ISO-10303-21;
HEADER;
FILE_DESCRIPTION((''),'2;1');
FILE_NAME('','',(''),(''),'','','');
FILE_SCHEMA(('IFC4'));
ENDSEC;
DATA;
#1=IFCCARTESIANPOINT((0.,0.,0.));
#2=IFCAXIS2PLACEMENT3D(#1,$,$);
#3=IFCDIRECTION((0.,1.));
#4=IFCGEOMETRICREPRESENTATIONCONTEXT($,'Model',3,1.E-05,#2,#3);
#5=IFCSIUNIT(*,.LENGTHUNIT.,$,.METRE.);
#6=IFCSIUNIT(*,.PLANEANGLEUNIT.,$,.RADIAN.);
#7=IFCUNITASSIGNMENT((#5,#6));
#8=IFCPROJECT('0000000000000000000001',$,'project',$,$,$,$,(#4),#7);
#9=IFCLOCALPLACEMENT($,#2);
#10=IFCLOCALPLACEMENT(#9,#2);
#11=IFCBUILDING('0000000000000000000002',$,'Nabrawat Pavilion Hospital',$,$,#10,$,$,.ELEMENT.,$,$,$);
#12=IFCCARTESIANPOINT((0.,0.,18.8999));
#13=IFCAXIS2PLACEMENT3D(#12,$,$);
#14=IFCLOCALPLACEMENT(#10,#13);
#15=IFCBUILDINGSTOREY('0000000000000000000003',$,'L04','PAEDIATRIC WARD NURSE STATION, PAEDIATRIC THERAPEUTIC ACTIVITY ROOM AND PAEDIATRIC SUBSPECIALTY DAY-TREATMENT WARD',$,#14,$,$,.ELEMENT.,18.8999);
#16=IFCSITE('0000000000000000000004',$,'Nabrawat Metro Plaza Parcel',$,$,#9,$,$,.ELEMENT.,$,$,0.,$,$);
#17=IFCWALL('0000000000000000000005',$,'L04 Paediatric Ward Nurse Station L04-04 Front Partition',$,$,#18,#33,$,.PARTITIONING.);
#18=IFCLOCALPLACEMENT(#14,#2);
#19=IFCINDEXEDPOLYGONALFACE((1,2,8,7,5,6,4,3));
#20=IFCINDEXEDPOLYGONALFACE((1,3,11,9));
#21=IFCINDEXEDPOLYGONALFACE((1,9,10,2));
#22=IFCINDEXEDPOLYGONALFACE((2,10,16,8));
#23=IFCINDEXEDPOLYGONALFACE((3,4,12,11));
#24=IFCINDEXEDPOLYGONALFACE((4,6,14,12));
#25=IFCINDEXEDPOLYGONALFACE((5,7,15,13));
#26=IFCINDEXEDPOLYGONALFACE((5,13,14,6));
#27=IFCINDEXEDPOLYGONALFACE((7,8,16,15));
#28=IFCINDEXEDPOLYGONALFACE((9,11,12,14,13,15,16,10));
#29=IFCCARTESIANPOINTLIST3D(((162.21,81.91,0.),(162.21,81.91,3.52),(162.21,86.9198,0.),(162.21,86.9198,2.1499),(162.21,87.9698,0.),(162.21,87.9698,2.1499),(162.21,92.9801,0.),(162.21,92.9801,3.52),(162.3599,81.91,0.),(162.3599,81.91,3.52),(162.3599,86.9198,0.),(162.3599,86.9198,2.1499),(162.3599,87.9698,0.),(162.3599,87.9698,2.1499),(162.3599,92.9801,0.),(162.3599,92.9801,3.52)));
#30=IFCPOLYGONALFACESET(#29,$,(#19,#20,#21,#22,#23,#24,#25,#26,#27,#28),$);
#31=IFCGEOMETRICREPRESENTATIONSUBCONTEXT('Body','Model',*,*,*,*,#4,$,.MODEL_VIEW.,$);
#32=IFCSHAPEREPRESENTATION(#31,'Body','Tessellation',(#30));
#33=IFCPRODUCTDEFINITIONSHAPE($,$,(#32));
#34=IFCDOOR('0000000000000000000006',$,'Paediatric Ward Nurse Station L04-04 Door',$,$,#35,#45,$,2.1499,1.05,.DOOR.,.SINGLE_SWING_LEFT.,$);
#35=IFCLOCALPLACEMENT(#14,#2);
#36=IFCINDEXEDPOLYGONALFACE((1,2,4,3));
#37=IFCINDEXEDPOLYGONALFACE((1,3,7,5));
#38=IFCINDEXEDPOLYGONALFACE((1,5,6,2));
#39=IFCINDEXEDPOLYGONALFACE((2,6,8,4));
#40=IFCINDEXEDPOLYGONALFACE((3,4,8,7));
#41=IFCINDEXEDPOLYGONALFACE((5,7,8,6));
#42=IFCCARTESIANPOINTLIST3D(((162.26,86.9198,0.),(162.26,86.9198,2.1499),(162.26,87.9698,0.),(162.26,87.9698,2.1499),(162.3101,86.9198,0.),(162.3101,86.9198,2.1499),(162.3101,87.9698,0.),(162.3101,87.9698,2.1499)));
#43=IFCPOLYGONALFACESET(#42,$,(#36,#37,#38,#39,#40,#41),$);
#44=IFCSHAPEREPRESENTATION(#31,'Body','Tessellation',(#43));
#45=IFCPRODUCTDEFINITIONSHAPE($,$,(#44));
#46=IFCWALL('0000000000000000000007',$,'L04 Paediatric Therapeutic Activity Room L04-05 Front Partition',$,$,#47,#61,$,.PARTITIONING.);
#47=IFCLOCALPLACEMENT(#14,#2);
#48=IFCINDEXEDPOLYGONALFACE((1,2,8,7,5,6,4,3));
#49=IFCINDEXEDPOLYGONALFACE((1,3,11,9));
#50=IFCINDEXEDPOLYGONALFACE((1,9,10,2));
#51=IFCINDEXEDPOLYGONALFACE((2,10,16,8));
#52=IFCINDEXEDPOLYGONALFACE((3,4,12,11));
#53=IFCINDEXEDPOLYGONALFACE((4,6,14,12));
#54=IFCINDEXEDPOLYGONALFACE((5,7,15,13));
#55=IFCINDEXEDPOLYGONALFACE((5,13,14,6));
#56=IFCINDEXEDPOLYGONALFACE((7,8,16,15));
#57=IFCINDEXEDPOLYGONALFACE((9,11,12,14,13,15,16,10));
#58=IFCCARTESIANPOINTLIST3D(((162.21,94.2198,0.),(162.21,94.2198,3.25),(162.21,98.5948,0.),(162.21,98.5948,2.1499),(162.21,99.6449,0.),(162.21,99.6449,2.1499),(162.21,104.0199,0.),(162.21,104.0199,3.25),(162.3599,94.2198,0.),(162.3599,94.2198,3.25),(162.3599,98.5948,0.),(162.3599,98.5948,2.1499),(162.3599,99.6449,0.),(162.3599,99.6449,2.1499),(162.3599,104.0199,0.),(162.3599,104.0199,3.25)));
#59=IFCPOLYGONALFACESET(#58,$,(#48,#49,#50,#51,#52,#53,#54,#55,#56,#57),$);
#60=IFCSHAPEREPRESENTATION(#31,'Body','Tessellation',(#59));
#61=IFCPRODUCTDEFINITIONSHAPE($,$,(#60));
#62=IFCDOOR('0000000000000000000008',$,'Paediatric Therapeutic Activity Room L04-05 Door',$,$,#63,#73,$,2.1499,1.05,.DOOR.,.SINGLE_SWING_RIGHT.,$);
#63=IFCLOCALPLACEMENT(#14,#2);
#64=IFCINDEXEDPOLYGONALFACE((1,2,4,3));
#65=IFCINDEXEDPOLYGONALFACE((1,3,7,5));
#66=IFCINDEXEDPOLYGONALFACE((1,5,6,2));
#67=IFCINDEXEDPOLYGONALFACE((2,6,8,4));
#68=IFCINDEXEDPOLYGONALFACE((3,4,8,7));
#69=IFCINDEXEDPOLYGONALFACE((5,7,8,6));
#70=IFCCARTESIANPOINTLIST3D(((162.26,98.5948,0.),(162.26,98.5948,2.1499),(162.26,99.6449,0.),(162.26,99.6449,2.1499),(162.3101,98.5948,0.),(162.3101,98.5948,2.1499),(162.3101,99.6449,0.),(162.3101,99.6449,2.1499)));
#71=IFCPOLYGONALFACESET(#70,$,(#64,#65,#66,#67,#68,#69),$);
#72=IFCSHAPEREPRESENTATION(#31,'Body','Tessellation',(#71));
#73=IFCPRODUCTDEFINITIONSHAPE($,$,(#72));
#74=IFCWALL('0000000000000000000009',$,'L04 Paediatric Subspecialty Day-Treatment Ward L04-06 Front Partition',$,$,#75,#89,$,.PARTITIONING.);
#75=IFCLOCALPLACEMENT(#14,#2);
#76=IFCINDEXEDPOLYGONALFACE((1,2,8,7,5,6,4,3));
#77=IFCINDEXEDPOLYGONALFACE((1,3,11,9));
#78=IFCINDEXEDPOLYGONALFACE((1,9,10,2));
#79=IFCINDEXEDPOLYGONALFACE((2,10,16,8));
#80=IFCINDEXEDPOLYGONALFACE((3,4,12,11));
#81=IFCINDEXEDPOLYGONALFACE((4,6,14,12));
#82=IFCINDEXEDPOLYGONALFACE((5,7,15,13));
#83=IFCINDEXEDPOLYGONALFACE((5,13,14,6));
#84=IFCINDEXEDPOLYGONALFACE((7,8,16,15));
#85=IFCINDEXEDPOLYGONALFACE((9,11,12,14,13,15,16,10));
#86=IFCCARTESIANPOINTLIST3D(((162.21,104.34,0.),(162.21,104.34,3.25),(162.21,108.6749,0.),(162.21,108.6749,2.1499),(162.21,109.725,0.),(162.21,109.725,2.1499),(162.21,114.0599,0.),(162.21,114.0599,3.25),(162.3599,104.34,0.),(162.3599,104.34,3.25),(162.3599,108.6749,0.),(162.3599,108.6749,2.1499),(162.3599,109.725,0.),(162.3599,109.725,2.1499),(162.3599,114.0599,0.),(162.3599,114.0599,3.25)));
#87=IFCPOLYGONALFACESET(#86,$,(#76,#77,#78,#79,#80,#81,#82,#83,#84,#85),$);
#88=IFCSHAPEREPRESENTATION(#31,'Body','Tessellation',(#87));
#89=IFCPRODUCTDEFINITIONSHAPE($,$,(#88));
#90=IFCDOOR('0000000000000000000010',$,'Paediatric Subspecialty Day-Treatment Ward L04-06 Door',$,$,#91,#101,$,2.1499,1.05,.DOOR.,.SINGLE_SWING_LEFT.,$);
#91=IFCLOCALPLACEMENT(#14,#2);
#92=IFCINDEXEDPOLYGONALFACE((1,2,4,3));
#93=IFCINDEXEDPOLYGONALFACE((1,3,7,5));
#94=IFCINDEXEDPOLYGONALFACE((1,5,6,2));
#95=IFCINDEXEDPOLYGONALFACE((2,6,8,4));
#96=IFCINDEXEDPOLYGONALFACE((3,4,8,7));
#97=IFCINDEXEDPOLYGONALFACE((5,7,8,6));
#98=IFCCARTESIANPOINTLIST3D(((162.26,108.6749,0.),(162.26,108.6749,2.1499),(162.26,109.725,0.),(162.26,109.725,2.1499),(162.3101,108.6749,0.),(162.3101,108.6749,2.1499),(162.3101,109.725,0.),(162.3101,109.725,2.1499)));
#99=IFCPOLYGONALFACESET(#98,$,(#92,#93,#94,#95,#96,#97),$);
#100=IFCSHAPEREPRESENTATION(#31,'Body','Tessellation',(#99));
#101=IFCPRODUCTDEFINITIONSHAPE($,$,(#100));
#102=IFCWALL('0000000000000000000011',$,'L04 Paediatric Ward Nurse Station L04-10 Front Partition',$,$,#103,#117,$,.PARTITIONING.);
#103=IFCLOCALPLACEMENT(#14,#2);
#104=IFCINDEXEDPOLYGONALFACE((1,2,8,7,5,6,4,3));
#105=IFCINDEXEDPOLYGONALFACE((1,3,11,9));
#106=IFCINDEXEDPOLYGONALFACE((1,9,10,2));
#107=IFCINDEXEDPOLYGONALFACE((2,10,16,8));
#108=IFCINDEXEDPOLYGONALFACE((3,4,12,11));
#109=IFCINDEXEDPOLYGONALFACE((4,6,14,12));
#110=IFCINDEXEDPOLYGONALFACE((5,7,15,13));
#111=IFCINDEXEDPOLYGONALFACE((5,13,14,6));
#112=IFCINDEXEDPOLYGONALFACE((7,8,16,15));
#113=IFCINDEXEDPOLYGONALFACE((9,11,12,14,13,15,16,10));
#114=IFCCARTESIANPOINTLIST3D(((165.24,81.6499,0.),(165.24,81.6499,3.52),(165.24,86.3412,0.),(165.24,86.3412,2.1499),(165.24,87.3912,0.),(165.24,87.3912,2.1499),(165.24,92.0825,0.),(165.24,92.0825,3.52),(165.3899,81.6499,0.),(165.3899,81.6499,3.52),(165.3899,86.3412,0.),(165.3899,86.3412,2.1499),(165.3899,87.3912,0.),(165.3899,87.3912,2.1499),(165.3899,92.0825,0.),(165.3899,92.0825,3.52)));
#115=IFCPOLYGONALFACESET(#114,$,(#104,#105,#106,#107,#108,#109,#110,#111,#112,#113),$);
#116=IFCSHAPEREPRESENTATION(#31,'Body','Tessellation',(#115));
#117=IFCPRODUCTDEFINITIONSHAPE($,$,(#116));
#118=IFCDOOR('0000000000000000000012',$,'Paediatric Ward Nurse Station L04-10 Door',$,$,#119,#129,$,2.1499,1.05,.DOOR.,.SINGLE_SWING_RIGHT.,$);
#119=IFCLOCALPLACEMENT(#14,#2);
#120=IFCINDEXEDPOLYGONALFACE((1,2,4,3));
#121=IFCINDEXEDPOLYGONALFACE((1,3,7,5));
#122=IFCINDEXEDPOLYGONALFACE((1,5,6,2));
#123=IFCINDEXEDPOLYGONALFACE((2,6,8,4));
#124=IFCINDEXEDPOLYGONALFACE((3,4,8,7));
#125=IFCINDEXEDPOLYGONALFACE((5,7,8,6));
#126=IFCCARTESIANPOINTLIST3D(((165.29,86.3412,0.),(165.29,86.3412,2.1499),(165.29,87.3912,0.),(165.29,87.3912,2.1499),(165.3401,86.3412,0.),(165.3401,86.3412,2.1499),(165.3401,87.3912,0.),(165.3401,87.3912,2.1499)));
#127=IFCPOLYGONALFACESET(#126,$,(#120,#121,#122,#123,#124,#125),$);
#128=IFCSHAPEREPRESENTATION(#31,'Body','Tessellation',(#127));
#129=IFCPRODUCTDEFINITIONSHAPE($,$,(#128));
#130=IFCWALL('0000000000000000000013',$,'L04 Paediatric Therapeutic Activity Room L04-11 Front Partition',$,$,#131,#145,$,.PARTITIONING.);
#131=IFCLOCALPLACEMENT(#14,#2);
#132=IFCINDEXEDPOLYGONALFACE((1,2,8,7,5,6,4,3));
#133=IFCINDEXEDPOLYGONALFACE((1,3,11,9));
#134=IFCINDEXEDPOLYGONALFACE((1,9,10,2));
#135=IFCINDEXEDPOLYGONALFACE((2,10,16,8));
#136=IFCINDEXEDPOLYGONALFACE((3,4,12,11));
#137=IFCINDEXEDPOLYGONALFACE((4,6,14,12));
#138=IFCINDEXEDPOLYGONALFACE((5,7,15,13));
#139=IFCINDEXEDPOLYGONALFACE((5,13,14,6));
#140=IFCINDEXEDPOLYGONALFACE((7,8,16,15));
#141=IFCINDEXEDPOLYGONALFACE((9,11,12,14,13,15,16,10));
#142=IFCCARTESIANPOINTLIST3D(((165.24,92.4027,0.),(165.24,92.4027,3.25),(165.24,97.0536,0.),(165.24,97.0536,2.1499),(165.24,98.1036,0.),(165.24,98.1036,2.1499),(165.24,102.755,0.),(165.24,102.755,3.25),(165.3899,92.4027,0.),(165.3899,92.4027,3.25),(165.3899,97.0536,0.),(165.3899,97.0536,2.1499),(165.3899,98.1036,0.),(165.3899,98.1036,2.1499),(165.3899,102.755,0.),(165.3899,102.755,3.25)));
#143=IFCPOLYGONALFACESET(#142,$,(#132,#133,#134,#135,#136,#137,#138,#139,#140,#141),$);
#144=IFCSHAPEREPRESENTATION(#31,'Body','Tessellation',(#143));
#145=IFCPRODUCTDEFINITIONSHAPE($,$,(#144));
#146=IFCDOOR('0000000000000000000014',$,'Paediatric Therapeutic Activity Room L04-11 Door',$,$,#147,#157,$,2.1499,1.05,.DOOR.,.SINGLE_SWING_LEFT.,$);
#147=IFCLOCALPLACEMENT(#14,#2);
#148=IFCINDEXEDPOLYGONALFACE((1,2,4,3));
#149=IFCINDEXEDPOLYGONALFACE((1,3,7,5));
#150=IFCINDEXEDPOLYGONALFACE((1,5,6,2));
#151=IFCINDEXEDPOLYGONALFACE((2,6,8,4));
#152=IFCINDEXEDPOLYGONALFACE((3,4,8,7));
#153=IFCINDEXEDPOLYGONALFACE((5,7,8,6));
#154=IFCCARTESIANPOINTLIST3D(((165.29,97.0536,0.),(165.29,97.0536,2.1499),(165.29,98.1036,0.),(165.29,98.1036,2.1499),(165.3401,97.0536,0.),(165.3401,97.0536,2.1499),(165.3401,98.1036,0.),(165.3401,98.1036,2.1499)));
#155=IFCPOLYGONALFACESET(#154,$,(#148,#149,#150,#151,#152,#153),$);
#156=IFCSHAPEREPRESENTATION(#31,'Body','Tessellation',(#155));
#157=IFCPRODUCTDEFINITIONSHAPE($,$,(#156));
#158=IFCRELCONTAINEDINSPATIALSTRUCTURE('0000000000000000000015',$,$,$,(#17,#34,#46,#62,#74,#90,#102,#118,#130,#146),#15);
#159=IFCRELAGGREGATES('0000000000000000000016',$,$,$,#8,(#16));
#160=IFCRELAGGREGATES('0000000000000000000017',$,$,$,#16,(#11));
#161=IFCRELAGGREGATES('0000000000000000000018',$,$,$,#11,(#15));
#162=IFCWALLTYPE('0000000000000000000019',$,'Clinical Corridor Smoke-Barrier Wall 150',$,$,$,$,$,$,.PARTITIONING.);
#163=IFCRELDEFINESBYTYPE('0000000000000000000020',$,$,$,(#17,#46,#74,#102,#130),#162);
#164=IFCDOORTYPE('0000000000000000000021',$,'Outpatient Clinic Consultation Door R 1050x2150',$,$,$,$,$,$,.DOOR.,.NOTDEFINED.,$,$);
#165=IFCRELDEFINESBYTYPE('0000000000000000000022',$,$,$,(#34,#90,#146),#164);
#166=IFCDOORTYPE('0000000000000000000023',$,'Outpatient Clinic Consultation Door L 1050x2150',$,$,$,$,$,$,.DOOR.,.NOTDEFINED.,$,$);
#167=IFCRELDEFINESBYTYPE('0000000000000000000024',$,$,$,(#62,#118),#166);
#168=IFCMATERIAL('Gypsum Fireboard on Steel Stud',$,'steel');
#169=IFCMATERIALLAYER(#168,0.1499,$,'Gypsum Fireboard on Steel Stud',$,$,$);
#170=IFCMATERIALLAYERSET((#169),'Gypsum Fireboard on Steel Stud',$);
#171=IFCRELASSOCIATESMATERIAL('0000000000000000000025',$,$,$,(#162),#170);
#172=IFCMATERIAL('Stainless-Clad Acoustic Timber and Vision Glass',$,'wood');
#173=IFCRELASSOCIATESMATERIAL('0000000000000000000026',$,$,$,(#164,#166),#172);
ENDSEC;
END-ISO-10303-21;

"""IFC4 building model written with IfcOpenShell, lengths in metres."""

from ifc_helpers import new_model, si_unit, direction, frame, frame_2d, origin, place, context, subcontext, project, spatial, rectangle, extrude, material, layer, layer_set, type_object, element, fill, save


model = new_model("IFC4")

# Units and contexts
model_context = context("Model", 3, precision=1e-05, world=origin(), true_north=direction((0.0, 1.0)))
body_context = subcontext(model_context, "Body", "Model", "MODEL_VIEW")
ifc_project = project(units=[si_unit("LENGTHUNIT", "METRE"), si_unit("PLANEANGLEUNIT", "RADIAN")], contexts=[model_context])

# Site, building, storey
site_placement = place(None, origin())
site = spatial("IfcSite", under=ifc_project, at=site_placement, Name="Nabrawat Metro Plaza Parcel", CompositionType="ELEMENT", RefElevation=0.0)
building_placement = place(site_placement, origin())
building = spatial("IfcBuilding", under=site, at=building_placement, Name="Nabrawat Pavilion Hospital", CompositionType="ELEMENT")
storey_placement = place(building_placement, frame((0.0, 0.0, 18.8999)))
storey = spatial("IfcBuildingStorey", under=building, at=storey_placement, Name="L04", Description="PAEDIATRIC WARD NURSE STATION, PAEDIATRIC THERAPEUTIC ACTIVITY ROOM AND PAEDIATRIC SUBSPECIALTY DAY-TREATMENT WARD", CompositionType="ELEMENT", Elevation=18.8999)

# Walls, openings, doors
ifc_material_1 = material(Name="Gypsum Fireboard on Steel Stud", Category="steel")
ifc_layer_1 = layer(ifc_material_1, 0.1499, Name="Gypsum Fireboard on Steel Stud")
ifc_layer_set_1 = layer_set([ifc_layer_1], Name="Gypsum Fireboard on Steel Stud")
wall_type_1 = type_object("IfcWallType", Name="Clinical Corridor Smoke-Barrier Wall 150", PredefinedType="PARTITIONING", material=ifc_layer_set_1)
wall_1_placement = place(storey_placement, frame((162.2849, 81.9099, 0.0), z_axis=(0.0, 0.0, 1.0), x_axis=(0.0, 1.0, 0.0)))
wall_1 = element("IfcWall", 1, at=wall_1_placement, inside=storey, type_object=wall_type_1, Name="L04 Paediatric Ward Nurse Station L04-04 Front Partition", PredefinedType="PARTITIONING", context=body_context, shape_type="SweptSolid", body=[
    extrude(rectangle(XDim=11.0701, YDim=0.1499, at=frame_2d((5.5352, 0.0))), origin(), (0.0, 0.0, 1.0), 3.52),
])
opening_1_placement = place(wall_1_placement, frame((5.01, 0.0, 0.0)))
opening_1 = element("IfcOpeningElement", 2, at=opening_1_placement, cuts=wall_1, PredefinedType="OPENING", context=body_context, shape_type="SweptSolid", body=[
    extrude(rectangle(XDim=1.05, YDim=2.1499, at=frame_2d((0.5249, 1.075))), frame((0.0, 0.085, 0.0), z_axis=(0.0, -1.0, 0.0), x_axis=(1.0, 0.0, 0.0)), (0.0, 0.0, 1.0), 0.1699),
])
ifc_material_2 = material(Name="Stainless-Clad Acoustic Timber and Vision Glass", Category="wood")
door_type_1 = type_object("IfcDoorType", Name="Outpatient Clinic Consultation Door R 1050x2150", OperationType="NOTDEFINED", PredefinedType="DOOR", material=ifc_material_2)
door_1_placement = place(opening_1_placement, origin())
door_1 = element("IfcDoor", 3, at=door_1_placement, inside=storey, type_object=door_type_1, Name="Paediatric Ward Nurse Station L04-04 Door", OperationType="SINGLE_SWING_LEFT", OverallHeight=2.1499, OverallWidth=1.05, PredefinedType="DOOR", context=body_context, shape_type="SweptSolid", body=[
    extrude(rectangle(XDim=1.05, YDim=2.1499, at=frame_2d((0.5249, 1.075))), frame((0.0, 0.0249, 0.0), z_axis=(0.0, -1.0, 0.0), x_axis=(1.0, 0.0, 0.0)), (0.0, 0.0, 1.0), 0.05),
])
fill(opening_1, door_1)
wall_2_placement = place(storey_placement, frame((162.2849, 94.22, 0.0), z_axis=(0.0, 0.0, 1.0), x_axis=(0.0, 1.0, 0.0)))
wall_2 = element("IfcWall", 4, at=wall_2_placement, inside=storey, type_object=wall_type_1, Name="L04 Paediatric Therapeutic Activity Room L04-05 Front Partition", PredefinedType="PARTITIONING", context=body_context, shape_type="SweptSolid", body=[
    extrude(rectangle(XDim=9.8, YDim=0.1499, at=frame_2d((4.8999, 0.0))), origin(), (0.0, 0.0, 1.0), 3.25),
])
opening_2_placement = place(wall_2_placement, frame((4.375, 0.0, 0.0)))
opening_2 = element("IfcOpeningElement", 5, at=opening_2_placement, cuts=wall_2, PredefinedType="OPENING", context=body_context, shape_type="SweptSolid", body=[
    extrude(rectangle(XDim=1.05, YDim=2.1499, at=frame_2d((0.5249, 1.075))), frame((0.0, 0.085, 0.0), z_axis=(0.0, -1.0, 0.0), x_axis=(1.0, 0.0, 0.0)), (0.0, 0.0, 1.0), 0.1699),
])
door_type_2 = type_object("IfcDoorType", Name="Outpatient Clinic Consultation Door L 1050x2150", OperationType="NOTDEFINED", PredefinedType="DOOR", material=ifc_material_2)
door_2_placement = place(opening_2_placement, origin())
door_2 = element("IfcDoor", 6, at=door_2_placement, inside=storey, type_object=door_type_2, Name="Paediatric Therapeutic Activity Room L04-05 Door", OperationType="SINGLE_SWING_RIGHT", OverallHeight=2.1499, OverallWidth=1.05, PredefinedType="DOOR", context=body_context, shape_type="SweptSolid", body=[
    extrude(rectangle(XDim=1.05, YDim=2.1499, at=frame_2d((0.5249, 1.075))), frame((0.0, 0.0249, 0.0), z_axis=(0.0, -1.0, 0.0), x_axis=(1.0, 0.0, 0.0)), (0.0, 0.0, 1.0), 0.05),
])
fill(opening_2, door_2)
wall_3_placement = place(storey_placement, frame((162.2849, 104.3401, 0.0), z_axis=(0.0, 0.0, 1.0), x_axis=(0.0, 1.0, 0.0)))
wall_3 = element("IfcWall", 7, at=wall_3_placement, inside=storey, type_object=wall_type_1, Name="L04 Paediatric Subspecialty Day-Treatment Ward L04-06 Front Partition", PredefinedType="PARTITIONING", context=body_context, shape_type="SweptSolid", body=[
    extrude(rectangle(XDim=9.72, YDim=0.1499, at=frame_2d((4.8599, 0.0))), origin(), (0.0, 0.0, 1.0), 3.25),
])
opening_3_placement = place(wall_3_placement, frame((4.335, 0.0, 0.0)))
opening_3 = element("IfcOpeningElement", 8, at=opening_3_placement, cuts=wall_3, PredefinedType="OPENING", context=body_context, shape_type="SweptSolid", body=[
    extrude(rectangle(XDim=1.05, YDim=2.1499, at=frame_2d((0.5249, 1.075))), frame((0.0, 0.085, 0.0), z_axis=(0.0, -1.0, 0.0), x_axis=(1.0, 0.0, 0.0)), (0.0, 0.0, 1.0), 0.1699),
])
door_3_placement = place(opening_3_placement, origin())
door_3 = element("IfcDoor", 9, at=door_3_placement, inside=storey, type_object=door_type_1, Name="Paediatric Subspecialty Day-Treatment Ward L04-06 Door", OperationType="SINGLE_SWING_LEFT", OverallHeight=2.1499, OverallWidth=1.05, PredefinedType="DOOR", context=body_context, shape_type="SweptSolid", body=[
    extrude(rectangle(XDim=1.05, YDim=2.1499, at=frame_2d((0.5249, 1.075))), frame((0.0, 0.0249, 0.0), z_axis=(0.0, -1.0, 0.0), x_axis=(1.0, 0.0, 0.0)), (0.0, 0.0, 1.0), 0.05),
])
fill(opening_3, door_3)
wall_4_placement = place(storey_placement, frame((165.3149, 81.6499, 0.0), z_axis=(0.0, 0.0, 1.0), x_axis=(0.0, 1.0, 0.0)))
wall_4 = element("IfcWall", 10, at=wall_4_placement, inside=storey, type_object=wall_type_1, Name="L04 Paediatric Ward Nurse Station L04-10 Front Partition", PredefinedType="PARTITIONING", context=body_context, shape_type="SweptSolid", body=[
    extrude(rectangle(XDim=10.4326, YDim=0.1499, at=frame_2d((5.2163, 0.0))), origin(), (0.0, 0.0, 1.0), 3.52),
])
opening_4_placement = place(wall_4_placement, frame((4.6914, 0.0, 0.0)))
opening_4 = element("IfcOpeningElement", 11, at=opening_4_placement, cuts=wall_4, PredefinedType="OPENING", context=body_context, shape_type="SweptSolid", body=[
    extrude(rectangle(XDim=1.05, YDim=2.1499, at=frame_2d((0.5249, 1.075))), frame((0.0, 0.085, 0.0), z_axis=(0.0, -1.0, 0.0), x_axis=(1.0, 0.0, 0.0)), (0.0, 0.0, 1.0), 0.1699),
])
door_4_placement = place(opening_4_placement, origin())
door_4 = element("IfcDoor", 12, at=door_4_placement, inside=storey, type_object=door_type_2, Name="Paediatric Ward Nurse Station L04-10 Door", OperationType="SINGLE_SWING_RIGHT", OverallHeight=2.1499, OverallWidth=1.05, PredefinedType="DOOR", context=body_context, shape_type="SweptSolid", body=[
    extrude(rectangle(XDim=1.05, YDim=2.1499, at=frame_2d((0.5249, 1.075))), frame((0.0, 0.0249, 0.0), z_axis=(0.0, -1.0, 0.0), x_axis=(1.0, 0.0, 0.0)), (0.0, 0.0, 1.0), 0.05),
])
fill(opening_4, door_4)
wall_5_placement = place(storey_placement, frame((165.3149, 92.4026, 0.0), z_axis=(0.0, 0.0, 1.0), x_axis=(0.0, 1.0, 0.0)))
wall_5 = element("IfcWall", 13, at=wall_5_placement, inside=storey, type_object=wall_type_1, Name="L04 Paediatric Therapeutic Activity Room L04-11 Front Partition", PredefinedType="PARTITIONING", context=body_context, shape_type="SweptSolid", body=[
    extrude(rectangle(XDim=10.3523, YDim=0.1499, at=frame_2d((5.1763, 0.0))), origin(), (0.0, 0.0, 1.0), 3.25),
])
opening_5_placement = place(wall_5_placement, frame((4.6511, 0.0, 0.0)))
opening_5 = element("IfcOpeningElement", 14, at=opening_5_placement, cuts=wall_5, PredefinedType="OPENING", context=body_context, shape_type="SweptSolid", body=[
    extrude(rectangle(XDim=1.05, YDim=2.1499, at=frame_2d((0.5249, 1.075))), frame((0.0, 0.085, 0.0), z_axis=(0.0, -1.0, 0.0), x_axis=(1.0, 0.0, 0.0)), (0.0, 0.0, 1.0), 0.1699),
])
door_5_placement = place(opening_5_placement, origin())
door_5 = element("IfcDoor", 15, at=door_5_placement, inside=storey, type_object=door_type_1, Name="Paediatric Therapeutic Activity Room L04-11 Door", OperationType="SINGLE_SWING_LEFT", OverallHeight=2.1499, OverallWidth=1.05, PredefinedType="DOOR", context=body_context, shape_type="SweptSolid", body=[
    extrude(rectangle(XDim=1.05, YDim=2.1499, at=frame_2d((0.5249, 1.075))), frame((0.0, 0.0249, 0.0), z_axis=(0.0, -1.0, 0.0), x_axis=(1.0, 0.0, 0.0)), (0.0, 0.0, 1.0), 0.05),
])
fill(opening_5, door_5)

save(model, "model.ifc")
